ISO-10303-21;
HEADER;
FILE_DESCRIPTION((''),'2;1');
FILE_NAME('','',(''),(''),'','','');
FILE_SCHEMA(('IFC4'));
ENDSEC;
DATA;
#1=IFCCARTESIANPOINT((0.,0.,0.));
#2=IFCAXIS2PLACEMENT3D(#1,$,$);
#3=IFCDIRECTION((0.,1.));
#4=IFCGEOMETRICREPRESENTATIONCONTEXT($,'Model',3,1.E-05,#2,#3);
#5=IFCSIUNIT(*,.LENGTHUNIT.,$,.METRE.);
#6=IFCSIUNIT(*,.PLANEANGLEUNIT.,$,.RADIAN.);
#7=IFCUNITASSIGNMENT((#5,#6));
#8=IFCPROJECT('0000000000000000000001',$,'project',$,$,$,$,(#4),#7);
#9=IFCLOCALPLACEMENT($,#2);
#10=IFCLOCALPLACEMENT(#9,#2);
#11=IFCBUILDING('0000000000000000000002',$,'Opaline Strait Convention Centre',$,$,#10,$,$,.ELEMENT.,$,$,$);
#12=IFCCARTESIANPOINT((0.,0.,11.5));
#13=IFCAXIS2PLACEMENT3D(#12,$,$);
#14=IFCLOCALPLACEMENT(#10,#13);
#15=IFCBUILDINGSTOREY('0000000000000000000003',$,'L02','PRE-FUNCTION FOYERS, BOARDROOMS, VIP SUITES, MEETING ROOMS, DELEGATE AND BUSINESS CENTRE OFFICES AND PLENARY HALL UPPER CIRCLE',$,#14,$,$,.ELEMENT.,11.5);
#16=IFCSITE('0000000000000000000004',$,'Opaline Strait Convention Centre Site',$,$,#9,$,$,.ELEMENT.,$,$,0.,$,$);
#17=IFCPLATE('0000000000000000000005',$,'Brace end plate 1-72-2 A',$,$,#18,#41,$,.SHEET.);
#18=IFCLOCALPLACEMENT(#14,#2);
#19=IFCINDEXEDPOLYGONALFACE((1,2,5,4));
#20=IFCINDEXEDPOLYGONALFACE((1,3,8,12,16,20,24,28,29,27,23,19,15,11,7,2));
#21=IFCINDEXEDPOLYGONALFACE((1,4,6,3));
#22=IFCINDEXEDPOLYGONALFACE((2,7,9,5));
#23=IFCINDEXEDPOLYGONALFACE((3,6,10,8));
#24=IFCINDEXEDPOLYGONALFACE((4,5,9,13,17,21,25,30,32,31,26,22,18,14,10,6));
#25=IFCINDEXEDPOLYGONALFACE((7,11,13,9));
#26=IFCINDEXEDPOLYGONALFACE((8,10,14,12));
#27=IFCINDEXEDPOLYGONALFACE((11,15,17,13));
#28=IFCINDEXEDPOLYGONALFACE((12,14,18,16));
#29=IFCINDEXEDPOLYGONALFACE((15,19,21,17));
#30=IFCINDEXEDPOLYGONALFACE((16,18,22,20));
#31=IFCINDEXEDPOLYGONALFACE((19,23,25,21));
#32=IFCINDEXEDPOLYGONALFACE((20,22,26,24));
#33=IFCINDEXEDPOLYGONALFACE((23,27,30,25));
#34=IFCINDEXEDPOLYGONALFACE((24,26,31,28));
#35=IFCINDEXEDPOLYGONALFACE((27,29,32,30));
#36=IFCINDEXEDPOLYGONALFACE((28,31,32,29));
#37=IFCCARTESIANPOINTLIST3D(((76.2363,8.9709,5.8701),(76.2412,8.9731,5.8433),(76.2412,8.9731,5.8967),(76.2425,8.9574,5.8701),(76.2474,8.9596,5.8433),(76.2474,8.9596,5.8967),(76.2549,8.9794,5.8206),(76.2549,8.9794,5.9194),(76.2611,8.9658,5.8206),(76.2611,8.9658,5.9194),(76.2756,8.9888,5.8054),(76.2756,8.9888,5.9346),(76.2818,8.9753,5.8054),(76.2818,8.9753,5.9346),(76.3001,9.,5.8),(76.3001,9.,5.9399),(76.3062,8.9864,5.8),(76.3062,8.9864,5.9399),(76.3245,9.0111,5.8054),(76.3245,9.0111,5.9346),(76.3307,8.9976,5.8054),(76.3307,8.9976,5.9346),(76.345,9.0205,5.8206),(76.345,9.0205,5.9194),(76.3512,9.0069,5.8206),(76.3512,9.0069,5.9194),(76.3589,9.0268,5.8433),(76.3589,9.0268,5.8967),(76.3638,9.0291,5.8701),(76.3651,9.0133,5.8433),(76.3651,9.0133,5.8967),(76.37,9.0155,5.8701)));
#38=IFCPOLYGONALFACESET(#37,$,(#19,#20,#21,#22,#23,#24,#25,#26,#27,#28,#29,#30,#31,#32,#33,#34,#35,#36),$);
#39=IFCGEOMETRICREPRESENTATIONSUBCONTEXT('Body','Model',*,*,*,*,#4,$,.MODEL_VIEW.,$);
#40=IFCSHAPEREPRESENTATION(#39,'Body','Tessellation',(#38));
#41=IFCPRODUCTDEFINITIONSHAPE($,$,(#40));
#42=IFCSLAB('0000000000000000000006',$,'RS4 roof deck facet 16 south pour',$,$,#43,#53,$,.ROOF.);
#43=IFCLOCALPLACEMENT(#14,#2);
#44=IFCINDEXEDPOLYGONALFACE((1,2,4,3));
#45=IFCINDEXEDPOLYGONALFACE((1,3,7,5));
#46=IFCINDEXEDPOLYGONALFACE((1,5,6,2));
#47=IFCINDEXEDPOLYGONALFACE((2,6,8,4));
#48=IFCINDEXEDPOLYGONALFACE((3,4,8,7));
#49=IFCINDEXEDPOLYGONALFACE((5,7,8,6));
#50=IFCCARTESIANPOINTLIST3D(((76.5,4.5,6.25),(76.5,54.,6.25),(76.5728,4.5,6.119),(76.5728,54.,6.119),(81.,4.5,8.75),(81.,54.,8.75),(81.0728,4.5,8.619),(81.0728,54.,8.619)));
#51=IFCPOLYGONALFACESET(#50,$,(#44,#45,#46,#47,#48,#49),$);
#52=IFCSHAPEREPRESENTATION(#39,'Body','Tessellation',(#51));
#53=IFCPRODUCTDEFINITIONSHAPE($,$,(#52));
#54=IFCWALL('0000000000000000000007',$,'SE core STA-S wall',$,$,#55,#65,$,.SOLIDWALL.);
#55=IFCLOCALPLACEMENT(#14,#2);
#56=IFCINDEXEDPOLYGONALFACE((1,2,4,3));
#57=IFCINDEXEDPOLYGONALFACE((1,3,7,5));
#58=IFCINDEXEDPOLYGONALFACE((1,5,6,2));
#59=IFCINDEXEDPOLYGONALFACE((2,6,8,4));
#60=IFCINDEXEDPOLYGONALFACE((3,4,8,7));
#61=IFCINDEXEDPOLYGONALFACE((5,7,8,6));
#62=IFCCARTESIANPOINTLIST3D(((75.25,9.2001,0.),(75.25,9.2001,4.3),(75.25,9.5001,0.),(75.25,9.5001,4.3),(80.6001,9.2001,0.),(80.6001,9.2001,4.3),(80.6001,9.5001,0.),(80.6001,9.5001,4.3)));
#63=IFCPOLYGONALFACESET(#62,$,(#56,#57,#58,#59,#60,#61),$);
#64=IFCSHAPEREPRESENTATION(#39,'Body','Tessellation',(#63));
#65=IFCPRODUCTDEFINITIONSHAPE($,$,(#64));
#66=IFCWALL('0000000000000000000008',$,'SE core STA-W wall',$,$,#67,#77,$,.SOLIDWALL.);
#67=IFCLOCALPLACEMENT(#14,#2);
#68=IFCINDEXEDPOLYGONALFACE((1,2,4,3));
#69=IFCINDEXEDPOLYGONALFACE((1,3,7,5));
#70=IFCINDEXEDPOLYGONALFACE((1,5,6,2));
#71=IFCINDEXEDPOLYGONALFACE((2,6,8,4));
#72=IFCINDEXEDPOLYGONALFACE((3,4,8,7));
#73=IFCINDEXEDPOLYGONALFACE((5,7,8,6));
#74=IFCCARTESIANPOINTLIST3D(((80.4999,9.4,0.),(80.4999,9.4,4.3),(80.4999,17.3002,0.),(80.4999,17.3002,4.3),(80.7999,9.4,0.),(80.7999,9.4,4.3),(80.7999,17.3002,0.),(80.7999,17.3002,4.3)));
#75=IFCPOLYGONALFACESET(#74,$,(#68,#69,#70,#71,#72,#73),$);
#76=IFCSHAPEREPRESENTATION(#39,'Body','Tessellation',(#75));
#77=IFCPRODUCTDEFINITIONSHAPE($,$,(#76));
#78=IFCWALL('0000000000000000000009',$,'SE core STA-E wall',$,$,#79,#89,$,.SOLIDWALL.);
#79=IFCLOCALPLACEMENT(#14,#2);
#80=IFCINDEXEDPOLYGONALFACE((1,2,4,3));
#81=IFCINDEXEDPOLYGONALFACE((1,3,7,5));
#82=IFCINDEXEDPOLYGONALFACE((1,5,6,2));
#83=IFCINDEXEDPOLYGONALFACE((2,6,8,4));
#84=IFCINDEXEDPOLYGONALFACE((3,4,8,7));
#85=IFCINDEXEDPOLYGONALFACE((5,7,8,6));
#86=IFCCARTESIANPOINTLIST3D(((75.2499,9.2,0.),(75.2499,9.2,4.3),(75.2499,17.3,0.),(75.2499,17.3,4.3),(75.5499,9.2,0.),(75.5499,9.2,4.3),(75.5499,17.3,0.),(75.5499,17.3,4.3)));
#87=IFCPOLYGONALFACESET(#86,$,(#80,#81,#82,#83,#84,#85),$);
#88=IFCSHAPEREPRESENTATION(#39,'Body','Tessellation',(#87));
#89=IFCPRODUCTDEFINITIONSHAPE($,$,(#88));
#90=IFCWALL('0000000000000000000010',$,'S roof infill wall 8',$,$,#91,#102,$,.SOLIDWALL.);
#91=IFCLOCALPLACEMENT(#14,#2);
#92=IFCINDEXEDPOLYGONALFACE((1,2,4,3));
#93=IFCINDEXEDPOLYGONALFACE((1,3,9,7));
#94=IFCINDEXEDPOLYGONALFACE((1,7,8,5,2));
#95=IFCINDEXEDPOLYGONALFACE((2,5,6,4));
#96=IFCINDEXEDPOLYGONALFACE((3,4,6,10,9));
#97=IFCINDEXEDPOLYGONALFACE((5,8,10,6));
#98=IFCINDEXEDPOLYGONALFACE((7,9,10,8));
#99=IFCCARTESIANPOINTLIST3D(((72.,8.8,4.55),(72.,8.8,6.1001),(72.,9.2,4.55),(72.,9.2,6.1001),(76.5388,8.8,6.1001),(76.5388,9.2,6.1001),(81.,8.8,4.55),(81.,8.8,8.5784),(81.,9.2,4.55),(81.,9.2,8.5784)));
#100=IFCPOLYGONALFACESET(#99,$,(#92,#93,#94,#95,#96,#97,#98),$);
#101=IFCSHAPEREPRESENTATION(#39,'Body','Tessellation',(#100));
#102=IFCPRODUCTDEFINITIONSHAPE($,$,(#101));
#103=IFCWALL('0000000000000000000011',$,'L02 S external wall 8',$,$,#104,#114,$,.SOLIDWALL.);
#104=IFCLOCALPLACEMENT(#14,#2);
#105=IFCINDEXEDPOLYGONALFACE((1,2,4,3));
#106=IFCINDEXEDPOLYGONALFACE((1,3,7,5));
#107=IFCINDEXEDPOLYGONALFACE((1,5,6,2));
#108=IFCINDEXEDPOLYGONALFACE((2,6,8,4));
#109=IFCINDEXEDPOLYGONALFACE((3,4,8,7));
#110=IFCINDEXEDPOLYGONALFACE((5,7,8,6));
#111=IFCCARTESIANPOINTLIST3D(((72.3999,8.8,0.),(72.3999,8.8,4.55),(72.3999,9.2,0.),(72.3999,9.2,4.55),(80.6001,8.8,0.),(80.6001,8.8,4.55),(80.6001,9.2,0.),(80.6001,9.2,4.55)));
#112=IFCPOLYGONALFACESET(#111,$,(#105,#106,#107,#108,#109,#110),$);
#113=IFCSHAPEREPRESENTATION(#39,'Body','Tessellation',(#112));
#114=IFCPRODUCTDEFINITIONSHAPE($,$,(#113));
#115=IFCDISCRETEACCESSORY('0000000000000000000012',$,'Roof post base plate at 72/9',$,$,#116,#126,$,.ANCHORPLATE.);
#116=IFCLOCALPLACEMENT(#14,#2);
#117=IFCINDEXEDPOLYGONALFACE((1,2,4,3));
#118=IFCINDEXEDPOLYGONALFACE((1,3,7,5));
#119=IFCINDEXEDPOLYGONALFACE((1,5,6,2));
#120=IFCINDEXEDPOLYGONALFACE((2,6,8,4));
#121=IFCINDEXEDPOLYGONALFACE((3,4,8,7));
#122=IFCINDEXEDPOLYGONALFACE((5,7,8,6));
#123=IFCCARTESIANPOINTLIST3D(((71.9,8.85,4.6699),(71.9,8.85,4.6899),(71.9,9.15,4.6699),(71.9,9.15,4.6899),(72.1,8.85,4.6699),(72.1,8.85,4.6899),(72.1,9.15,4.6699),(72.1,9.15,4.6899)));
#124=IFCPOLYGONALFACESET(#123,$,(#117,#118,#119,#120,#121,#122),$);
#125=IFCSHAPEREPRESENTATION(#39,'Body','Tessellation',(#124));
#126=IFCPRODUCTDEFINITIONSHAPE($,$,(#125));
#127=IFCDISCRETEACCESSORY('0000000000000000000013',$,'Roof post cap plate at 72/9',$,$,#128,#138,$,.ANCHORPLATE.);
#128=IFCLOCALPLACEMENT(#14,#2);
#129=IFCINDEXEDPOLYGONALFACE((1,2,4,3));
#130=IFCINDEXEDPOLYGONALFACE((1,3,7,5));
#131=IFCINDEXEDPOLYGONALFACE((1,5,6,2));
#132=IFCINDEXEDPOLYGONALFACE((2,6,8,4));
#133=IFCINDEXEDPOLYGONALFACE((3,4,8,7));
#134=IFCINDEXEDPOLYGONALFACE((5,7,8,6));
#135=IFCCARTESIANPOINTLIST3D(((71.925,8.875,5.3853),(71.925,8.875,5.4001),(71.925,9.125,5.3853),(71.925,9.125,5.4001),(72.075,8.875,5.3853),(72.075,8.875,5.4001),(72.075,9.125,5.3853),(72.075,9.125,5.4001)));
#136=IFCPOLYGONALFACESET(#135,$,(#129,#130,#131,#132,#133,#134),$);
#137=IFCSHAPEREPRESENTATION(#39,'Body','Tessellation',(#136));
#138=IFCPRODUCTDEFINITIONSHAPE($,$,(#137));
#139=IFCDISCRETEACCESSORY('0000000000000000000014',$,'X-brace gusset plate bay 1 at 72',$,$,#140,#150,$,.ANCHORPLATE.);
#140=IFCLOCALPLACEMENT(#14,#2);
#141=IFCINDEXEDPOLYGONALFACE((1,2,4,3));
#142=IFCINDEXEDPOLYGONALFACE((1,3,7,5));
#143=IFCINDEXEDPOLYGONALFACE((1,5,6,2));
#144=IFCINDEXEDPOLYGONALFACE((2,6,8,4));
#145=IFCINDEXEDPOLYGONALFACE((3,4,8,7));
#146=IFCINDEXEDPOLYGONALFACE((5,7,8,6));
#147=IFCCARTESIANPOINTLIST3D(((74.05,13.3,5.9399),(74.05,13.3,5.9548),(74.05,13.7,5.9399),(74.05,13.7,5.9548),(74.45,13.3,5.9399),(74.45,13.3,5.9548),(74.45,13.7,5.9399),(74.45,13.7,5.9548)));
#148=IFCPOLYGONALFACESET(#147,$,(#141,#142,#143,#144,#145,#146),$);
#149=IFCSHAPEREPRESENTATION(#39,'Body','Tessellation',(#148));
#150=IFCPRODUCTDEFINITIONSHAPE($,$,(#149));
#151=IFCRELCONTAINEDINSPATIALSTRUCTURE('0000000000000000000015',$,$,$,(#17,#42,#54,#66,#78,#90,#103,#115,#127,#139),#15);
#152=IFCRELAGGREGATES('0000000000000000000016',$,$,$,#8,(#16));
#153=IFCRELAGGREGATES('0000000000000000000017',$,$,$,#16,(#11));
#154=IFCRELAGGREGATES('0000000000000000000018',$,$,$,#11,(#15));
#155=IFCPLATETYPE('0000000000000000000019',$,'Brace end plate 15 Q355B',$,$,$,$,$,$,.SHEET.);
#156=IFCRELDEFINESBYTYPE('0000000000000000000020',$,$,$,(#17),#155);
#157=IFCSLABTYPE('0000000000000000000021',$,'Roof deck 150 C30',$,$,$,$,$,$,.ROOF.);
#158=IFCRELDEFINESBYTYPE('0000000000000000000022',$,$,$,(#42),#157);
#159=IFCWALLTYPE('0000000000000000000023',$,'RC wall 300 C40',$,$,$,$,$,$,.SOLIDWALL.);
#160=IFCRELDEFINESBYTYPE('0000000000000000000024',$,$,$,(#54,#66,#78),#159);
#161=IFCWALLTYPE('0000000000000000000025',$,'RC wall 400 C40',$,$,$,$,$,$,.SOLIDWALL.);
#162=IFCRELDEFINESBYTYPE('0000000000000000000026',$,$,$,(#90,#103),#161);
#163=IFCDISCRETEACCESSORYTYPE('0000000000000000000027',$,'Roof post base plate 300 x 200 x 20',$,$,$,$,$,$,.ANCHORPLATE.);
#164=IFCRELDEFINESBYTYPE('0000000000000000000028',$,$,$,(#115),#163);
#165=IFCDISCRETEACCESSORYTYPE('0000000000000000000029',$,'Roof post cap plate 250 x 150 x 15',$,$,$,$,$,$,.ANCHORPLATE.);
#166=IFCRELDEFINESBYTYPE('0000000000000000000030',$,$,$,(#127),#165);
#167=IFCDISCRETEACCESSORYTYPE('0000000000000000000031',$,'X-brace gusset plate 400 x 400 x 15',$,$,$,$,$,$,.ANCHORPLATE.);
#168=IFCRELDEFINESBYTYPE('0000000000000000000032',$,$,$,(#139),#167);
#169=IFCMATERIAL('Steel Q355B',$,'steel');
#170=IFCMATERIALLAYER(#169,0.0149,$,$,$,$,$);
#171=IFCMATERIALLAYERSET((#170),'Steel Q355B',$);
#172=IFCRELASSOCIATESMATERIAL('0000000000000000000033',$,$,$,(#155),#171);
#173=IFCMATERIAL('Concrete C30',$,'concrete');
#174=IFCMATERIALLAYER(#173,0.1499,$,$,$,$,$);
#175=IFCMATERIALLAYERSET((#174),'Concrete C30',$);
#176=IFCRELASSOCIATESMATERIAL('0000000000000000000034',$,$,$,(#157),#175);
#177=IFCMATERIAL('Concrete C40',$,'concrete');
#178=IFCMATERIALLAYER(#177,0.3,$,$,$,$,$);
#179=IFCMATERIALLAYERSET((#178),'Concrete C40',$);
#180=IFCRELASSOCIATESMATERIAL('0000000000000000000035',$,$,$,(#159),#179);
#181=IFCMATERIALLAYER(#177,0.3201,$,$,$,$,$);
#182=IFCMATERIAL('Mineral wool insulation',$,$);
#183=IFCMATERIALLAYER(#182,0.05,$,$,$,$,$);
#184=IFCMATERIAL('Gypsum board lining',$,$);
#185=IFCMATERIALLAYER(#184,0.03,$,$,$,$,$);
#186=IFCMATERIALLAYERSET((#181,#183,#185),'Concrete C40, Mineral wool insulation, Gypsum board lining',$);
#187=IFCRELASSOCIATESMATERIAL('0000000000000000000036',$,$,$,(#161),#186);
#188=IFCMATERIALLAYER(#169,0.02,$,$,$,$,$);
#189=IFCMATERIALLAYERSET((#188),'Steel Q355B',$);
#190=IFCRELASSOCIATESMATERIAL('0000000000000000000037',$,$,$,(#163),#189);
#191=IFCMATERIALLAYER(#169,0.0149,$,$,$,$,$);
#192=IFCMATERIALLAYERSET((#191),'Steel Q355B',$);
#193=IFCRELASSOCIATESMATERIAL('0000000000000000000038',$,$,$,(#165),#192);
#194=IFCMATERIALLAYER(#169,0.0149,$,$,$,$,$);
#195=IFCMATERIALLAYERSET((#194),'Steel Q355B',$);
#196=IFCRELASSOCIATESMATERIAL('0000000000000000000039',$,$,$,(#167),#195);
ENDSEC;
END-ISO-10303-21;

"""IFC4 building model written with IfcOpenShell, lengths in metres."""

from ifc_helpers import new_model, si_unit, direction, frame, frame_2d, origin, origin_2d, place, context, subcontext, project, spatial, polyline, rectangle, outline, extrude, material, layer, layer_set, type_object, element, save


model = new_model("IFC4")

# Units and contexts
model_context = context("Model", 3, precision=1e-05, world=origin(), true_north=direction((0.0, 1.0)))
body_context = subcontext(model_context, "Body", "Model", "MODEL_VIEW")
ifc_project = project(units=[si_unit("LENGTHUNIT", "METRE"), si_unit("PLANEANGLEUNIT", "RADIAN")], contexts=[model_context])

# Site, building, storey
site_placement = place(None, origin())
site = spatial("IfcSite", under=ifc_project, at=site_placement, Name="Opaline Strait Convention Centre Site", CompositionType="ELEMENT", RefElevation=0.0)
building_placement = place(site_placement, origin())
building = spatial("IfcBuilding", under=site, at=building_placement, Name="Opaline Strait Convention Centre", CompositionType="ELEMENT")
storey_placement = place(building_placement, frame((0.0, 0.0, 11.5)))
storey = spatial("IfcBuildingStorey", under=building, at=storey_placement, Name="L02", Description="PRE-FUNCTION FOYERS, BOARDROOMS, VIP SUITES, MEETING ROOMS, DELEGATE AND BUSINESS CENTRE OFFICES AND PLENARY HALL UPPER CIRCLE", CompositionType="ELEMENT", Elevation=11.5)

# Shared definitions
ifc_material_1 = material(Name="Concrete C40", Category="concrete")

# Shared definitions
ifc_material_2 = material(Name="Steel Q355B", Category="steel")

# Plate
ifc_layer_1 = layer(ifc_material_2, 0.0149)
ifc_layer_set_1 = layer_set([ifc_layer_1], Name="Steel Q355B")
plate_type = type_object("IfcPlateType", Name="Brace end plate 15 Q355B", PredefinedType="SHEET", material=ifc_layer_set_1)
plate_1_placement = place(storey_placement, frame((76.3638, 9.0291, 5.8701), z_axis=(-0.415113, 0.90977, 0.0), x_axis=(-0.177886, -0.081166, -0.980698)))
element("IfcPlate", 1, at=plate_1_placement, inside=storey, type_object=plate_type, Name="Brace end plate 1-72-2 A", PredefinedType="SHEET", context=body_context, shape_type="SweptSolid", body=[
    extrude(outline(polyline([(0.0, 0.0), (0.0274, 0.0), (0.0526, 0.0106), (0.0719, 0.0297), (0.0824, 0.055), (0.0824, 0.0824), (0.072, 0.1076), (0.0527, 0.1269), (0.0274, 0.1374), (0.0002, 0.1373), (-0.025, 0.127), (-0.0443, 0.1076), (-0.0548, 0.0823), (-0.0548, 0.0549), (-0.0443, 0.0299), (-0.0251, 0.0105), (0.0, 0.0)])), origin(), (0.0, 0.0, -1.0), 0.0149),
])

# Slab
ifc_material_3 = material(Name="Concrete C30", Category="concrete")
ifc_layer_2 = layer(ifc_material_3, 0.1499)
ifc_layer_set_2 = layer_set([ifc_layer_2], Name="Concrete C30")
slab_type = type_object("IfcSlabType", Name="Roof deck 150 C30", PredefinedType="ROOF", material=ifc_layer_set_2)
slab_placement = place(storey_placement, frame((76.5, 4.5, 6.25), z_axis=(-0.485643, 0.0, 0.874157), x_axis=(0.874157, 0.0, 0.485643)))
element("IfcSlab", 2, at=slab_placement, inside=storey, type_object=slab_type, Name="RS4 roof deck facet 16 south pour", PredefinedType="ROOF", context=body_context, shape_type="SweptSolid", body=[
    extrude(outline(polyline([(0.0, 0.0), (5.1478, 0.0), (5.1478, 49.5), (0.0, 49.5), (0.0, 0.0)])), origin(), (0.0, 0.0, -1.0), 0.1499),
])

# Walls
ifc_layer_3 = layer(ifc_material_1, 0.3)
ifc_layer_set_3 = layer_set([ifc_layer_3], Name="Concrete C40")
wall_type_1 = type_object("IfcWallType", Name="RC wall 300 C40", PredefinedType="SOLIDWALL", material=ifc_layer_set_3)
wall_1_placement = place(storey_placement, frame((80.6001, 9.3501, 0.0), z_axis=(0.0, 0.0, 1.0), x_axis=(-1.0, 0.0, 0.0)))
element("IfcWall", 3, at=wall_1_placement, inside=storey, type_object=wall_type_1, Name="SE core STA-S wall", PredefinedType="SOLIDWALL", context=body_context, shape_type="SweptSolid", body=[
    extrude(rectangle(XDim=5.3501, YDim=0.3, at=frame_2d((2.675, 0.0))), origin(), (0.0, 0.0, 1.0), 4.3),
])
wall_2_placement = place(storey_placement, frame((80.6499, 9.3999, 0.0), z_axis=(0.0, 0.0, 1.0), x_axis=(0.0, 1.0, 0.0)))
element("IfcWall", 4, at=wall_2_placement, inside=storey, type_object=wall_type_1, Name="SE core STA-W wall", PredefinedType="SOLIDWALL", context=body_context, shape_type="SweptSolid", body=[
    extrude(rectangle(XDim=7.9001, YDim=0.3, at=frame_2d((3.9502, 0.0))), origin(), (0.0, 0.0, 1.0), 4.3),
])
wall_3_placement = place(storey_placement, frame((75.3999, 9.2, 0.0), z_axis=(0.0, 0.0, 1.0), x_axis=(0.0, 1.0, 0.0)))
element("IfcWall", 5, at=wall_3_placement, inside=storey, type_object=wall_type_1, Name="SE core STA-E wall", PredefinedType="SOLIDWALL", context=body_context, shape_type="SweptSolid", body=[
    extrude(rectangle(XDim=8.1001, YDim=0.3, at=frame_2d((4.05, 0.0))), origin(), (0.0, 0.0, 1.0), 4.3),
])
ifc_layer_4 = layer(ifc_material_1, 0.3201)
ifc_material_4 = material(Name="Mineral wool insulation")
ifc_layer_5 = layer(ifc_material_4, 0.05)
ifc_material_5 = material(Name="Gypsum board lining")
ifc_layer_6 = layer(ifc_material_5, 0.03)
ifc_layer_set_4 = layer_set([ifc_layer_4, ifc_layer_5, ifc_layer_6], Name="Concrete C40, Mineral wool insulation, Gypsum board lining")
wall_type_2 = type_object("IfcWallType", Name="RC wall 400 C40", PredefinedType="SOLIDWALL", material=ifc_layer_set_4)
wall_4_placement = place(storey_placement, frame((72.0, 9.0, 4.55), z_axis=(0.0, 0.0, 1.0), x_axis=(1.0, 0.0, 0.0)))
element("IfcWall", 6, at=wall_4_placement, inside=storey, type_object=wall_type_2, Name="S roof infill wall 8", PredefinedType="SOLIDWALL", context=body_context, shape_type="SweptSolid", body=[
    extrude(outline(polyline([(0.0, 0.0), (9.0, 0.0), (9.0, 4.0283), (4.5388, 1.55), (0.0, 1.55), (0.0, 0.0)])), frame((0.0, 0.2, 0.0), z_axis=(0.0, -1.0, 0.0), x_axis=(1.0, 0.0, 0.0)), (0.0, 0.0, 1.0), 0.3999),
])
wall_5_placement = place(storey_placement, frame((72.3999, 9.0, 0.0), z_axis=(0.0, 0.0, 1.0), x_axis=(1.0, 0.0, 0.0)))
element("IfcWall", 7, at=wall_5_placement, inside=storey, type_object=wall_type_2, Name="L02 S external wall 8", PredefinedType="SOLIDWALL", context=body_context, shape_type="SweptSolid", body=[
    extrude(rectangle(XDim=8.2002, YDim=0.3999, at=frame_2d((4.1001, 0.0))), origin(), (0.0, 0.0, 1.0), 4.55),
])

# Discrete accessories
ifc_layer_7 = layer(ifc_material_2, 0.02)
ifc_layer_set_5 = layer_set([ifc_layer_7], Name="Steel Q355B")
discrete_accessory_type_1 = type_object("IfcDiscreteAccessoryType", Name="Roof post base plate 300 x 200 x 20", PredefinedType="ANCHORPLATE", material=ifc_layer_set_5)
discrete_accessory_1_placement = place(storey_placement, frame((72.0, 9.0, 4.6699), z_axis=(0.0, 0.0, 1.0), x_axis=(1.0, 0.0, 0.0)))
element("IfcDiscreteAccessory", 8, at=discrete_accessory_1_placement, inside=storey, type_object=discrete_accessory_type_1, Name="Roof post base plate at 72/9", PredefinedType="ANCHORPLATE", context=body_context, shape_type="SweptSolid", body=[
    extrude(rectangle(XDim=0.2, YDim=0.3, at=origin_2d()), origin(), (0.0, 0.0, 1.0), 0.02),
])
ifc_layer_8 = layer(ifc_material_2, 0.0149)
ifc_layer_set_6 = layer_set([ifc_layer_8], Name="Steel Q355B")
discrete_accessory_type_2 = type_object("IfcDiscreteAccessoryType", Name="Roof post cap plate 250 x 150 x 15", PredefinedType="ANCHORPLATE", material=ifc_layer_set_6)
discrete_accessory_2_placement = place(storey_placement, frame((72.0, 9.0, 5.3853), z_axis=(0.0, 0.0, 1.0), x_axis=(1.0, 0.0, 0.0)))
element("IfcDiscreteAccessory", 9, at=discrete_accessory_2_placement, inside=storey, type_object=discrete_accessory_type_2, Name="Roof post cap plate at 72/9", PredefinedType="ANCHORPLATE", context=body_context, shape_type="SweptSolid", body=[
    extrude(rectangle(XDim=0.1499, YDim=0.25, at=origin_2d()), origin(), (0.0, 0.0, 1.0), 0.0149),
])
ifc_layer_9 = layer(ifc_material_2, 0.0149)
ifc_layer_set_7 = layer_set([ifc_layer_9], Name="Steel Q355B")
discrete_accessory_type_3 = type_object("IfcDiscreteAccessoryType", Name="X-brace gusset plate 400 x 400 x 15", PredefinedType="ANCHORPLATE", material=ifc_layer_set_7)
discrete_accessory_3_placement = place(storey_placement, frame((74.25, 13.5, 5.9399), z_axis=(0.0, 0.0, 1.0), x_axis=(1.0, 0.0, 0.0)))
element("IfcDiscreteAccessory", 10, at=discrete_accessory_3_placement, inside=storey, type_object=discrete_accessory_type_3, Name="X-brace gusset plate bay 1 at 72", PredefinedType="ANCHORPLATE", context=body_context, shape_type="SweptSolid", body=[
    extrude(rectangle(XDim=0.3999, YDim=0.3999, at=origin_2d()), origin(), (0.0, 0.0, 1.0), 0.0149),
])

save(model, "model.ifc")
